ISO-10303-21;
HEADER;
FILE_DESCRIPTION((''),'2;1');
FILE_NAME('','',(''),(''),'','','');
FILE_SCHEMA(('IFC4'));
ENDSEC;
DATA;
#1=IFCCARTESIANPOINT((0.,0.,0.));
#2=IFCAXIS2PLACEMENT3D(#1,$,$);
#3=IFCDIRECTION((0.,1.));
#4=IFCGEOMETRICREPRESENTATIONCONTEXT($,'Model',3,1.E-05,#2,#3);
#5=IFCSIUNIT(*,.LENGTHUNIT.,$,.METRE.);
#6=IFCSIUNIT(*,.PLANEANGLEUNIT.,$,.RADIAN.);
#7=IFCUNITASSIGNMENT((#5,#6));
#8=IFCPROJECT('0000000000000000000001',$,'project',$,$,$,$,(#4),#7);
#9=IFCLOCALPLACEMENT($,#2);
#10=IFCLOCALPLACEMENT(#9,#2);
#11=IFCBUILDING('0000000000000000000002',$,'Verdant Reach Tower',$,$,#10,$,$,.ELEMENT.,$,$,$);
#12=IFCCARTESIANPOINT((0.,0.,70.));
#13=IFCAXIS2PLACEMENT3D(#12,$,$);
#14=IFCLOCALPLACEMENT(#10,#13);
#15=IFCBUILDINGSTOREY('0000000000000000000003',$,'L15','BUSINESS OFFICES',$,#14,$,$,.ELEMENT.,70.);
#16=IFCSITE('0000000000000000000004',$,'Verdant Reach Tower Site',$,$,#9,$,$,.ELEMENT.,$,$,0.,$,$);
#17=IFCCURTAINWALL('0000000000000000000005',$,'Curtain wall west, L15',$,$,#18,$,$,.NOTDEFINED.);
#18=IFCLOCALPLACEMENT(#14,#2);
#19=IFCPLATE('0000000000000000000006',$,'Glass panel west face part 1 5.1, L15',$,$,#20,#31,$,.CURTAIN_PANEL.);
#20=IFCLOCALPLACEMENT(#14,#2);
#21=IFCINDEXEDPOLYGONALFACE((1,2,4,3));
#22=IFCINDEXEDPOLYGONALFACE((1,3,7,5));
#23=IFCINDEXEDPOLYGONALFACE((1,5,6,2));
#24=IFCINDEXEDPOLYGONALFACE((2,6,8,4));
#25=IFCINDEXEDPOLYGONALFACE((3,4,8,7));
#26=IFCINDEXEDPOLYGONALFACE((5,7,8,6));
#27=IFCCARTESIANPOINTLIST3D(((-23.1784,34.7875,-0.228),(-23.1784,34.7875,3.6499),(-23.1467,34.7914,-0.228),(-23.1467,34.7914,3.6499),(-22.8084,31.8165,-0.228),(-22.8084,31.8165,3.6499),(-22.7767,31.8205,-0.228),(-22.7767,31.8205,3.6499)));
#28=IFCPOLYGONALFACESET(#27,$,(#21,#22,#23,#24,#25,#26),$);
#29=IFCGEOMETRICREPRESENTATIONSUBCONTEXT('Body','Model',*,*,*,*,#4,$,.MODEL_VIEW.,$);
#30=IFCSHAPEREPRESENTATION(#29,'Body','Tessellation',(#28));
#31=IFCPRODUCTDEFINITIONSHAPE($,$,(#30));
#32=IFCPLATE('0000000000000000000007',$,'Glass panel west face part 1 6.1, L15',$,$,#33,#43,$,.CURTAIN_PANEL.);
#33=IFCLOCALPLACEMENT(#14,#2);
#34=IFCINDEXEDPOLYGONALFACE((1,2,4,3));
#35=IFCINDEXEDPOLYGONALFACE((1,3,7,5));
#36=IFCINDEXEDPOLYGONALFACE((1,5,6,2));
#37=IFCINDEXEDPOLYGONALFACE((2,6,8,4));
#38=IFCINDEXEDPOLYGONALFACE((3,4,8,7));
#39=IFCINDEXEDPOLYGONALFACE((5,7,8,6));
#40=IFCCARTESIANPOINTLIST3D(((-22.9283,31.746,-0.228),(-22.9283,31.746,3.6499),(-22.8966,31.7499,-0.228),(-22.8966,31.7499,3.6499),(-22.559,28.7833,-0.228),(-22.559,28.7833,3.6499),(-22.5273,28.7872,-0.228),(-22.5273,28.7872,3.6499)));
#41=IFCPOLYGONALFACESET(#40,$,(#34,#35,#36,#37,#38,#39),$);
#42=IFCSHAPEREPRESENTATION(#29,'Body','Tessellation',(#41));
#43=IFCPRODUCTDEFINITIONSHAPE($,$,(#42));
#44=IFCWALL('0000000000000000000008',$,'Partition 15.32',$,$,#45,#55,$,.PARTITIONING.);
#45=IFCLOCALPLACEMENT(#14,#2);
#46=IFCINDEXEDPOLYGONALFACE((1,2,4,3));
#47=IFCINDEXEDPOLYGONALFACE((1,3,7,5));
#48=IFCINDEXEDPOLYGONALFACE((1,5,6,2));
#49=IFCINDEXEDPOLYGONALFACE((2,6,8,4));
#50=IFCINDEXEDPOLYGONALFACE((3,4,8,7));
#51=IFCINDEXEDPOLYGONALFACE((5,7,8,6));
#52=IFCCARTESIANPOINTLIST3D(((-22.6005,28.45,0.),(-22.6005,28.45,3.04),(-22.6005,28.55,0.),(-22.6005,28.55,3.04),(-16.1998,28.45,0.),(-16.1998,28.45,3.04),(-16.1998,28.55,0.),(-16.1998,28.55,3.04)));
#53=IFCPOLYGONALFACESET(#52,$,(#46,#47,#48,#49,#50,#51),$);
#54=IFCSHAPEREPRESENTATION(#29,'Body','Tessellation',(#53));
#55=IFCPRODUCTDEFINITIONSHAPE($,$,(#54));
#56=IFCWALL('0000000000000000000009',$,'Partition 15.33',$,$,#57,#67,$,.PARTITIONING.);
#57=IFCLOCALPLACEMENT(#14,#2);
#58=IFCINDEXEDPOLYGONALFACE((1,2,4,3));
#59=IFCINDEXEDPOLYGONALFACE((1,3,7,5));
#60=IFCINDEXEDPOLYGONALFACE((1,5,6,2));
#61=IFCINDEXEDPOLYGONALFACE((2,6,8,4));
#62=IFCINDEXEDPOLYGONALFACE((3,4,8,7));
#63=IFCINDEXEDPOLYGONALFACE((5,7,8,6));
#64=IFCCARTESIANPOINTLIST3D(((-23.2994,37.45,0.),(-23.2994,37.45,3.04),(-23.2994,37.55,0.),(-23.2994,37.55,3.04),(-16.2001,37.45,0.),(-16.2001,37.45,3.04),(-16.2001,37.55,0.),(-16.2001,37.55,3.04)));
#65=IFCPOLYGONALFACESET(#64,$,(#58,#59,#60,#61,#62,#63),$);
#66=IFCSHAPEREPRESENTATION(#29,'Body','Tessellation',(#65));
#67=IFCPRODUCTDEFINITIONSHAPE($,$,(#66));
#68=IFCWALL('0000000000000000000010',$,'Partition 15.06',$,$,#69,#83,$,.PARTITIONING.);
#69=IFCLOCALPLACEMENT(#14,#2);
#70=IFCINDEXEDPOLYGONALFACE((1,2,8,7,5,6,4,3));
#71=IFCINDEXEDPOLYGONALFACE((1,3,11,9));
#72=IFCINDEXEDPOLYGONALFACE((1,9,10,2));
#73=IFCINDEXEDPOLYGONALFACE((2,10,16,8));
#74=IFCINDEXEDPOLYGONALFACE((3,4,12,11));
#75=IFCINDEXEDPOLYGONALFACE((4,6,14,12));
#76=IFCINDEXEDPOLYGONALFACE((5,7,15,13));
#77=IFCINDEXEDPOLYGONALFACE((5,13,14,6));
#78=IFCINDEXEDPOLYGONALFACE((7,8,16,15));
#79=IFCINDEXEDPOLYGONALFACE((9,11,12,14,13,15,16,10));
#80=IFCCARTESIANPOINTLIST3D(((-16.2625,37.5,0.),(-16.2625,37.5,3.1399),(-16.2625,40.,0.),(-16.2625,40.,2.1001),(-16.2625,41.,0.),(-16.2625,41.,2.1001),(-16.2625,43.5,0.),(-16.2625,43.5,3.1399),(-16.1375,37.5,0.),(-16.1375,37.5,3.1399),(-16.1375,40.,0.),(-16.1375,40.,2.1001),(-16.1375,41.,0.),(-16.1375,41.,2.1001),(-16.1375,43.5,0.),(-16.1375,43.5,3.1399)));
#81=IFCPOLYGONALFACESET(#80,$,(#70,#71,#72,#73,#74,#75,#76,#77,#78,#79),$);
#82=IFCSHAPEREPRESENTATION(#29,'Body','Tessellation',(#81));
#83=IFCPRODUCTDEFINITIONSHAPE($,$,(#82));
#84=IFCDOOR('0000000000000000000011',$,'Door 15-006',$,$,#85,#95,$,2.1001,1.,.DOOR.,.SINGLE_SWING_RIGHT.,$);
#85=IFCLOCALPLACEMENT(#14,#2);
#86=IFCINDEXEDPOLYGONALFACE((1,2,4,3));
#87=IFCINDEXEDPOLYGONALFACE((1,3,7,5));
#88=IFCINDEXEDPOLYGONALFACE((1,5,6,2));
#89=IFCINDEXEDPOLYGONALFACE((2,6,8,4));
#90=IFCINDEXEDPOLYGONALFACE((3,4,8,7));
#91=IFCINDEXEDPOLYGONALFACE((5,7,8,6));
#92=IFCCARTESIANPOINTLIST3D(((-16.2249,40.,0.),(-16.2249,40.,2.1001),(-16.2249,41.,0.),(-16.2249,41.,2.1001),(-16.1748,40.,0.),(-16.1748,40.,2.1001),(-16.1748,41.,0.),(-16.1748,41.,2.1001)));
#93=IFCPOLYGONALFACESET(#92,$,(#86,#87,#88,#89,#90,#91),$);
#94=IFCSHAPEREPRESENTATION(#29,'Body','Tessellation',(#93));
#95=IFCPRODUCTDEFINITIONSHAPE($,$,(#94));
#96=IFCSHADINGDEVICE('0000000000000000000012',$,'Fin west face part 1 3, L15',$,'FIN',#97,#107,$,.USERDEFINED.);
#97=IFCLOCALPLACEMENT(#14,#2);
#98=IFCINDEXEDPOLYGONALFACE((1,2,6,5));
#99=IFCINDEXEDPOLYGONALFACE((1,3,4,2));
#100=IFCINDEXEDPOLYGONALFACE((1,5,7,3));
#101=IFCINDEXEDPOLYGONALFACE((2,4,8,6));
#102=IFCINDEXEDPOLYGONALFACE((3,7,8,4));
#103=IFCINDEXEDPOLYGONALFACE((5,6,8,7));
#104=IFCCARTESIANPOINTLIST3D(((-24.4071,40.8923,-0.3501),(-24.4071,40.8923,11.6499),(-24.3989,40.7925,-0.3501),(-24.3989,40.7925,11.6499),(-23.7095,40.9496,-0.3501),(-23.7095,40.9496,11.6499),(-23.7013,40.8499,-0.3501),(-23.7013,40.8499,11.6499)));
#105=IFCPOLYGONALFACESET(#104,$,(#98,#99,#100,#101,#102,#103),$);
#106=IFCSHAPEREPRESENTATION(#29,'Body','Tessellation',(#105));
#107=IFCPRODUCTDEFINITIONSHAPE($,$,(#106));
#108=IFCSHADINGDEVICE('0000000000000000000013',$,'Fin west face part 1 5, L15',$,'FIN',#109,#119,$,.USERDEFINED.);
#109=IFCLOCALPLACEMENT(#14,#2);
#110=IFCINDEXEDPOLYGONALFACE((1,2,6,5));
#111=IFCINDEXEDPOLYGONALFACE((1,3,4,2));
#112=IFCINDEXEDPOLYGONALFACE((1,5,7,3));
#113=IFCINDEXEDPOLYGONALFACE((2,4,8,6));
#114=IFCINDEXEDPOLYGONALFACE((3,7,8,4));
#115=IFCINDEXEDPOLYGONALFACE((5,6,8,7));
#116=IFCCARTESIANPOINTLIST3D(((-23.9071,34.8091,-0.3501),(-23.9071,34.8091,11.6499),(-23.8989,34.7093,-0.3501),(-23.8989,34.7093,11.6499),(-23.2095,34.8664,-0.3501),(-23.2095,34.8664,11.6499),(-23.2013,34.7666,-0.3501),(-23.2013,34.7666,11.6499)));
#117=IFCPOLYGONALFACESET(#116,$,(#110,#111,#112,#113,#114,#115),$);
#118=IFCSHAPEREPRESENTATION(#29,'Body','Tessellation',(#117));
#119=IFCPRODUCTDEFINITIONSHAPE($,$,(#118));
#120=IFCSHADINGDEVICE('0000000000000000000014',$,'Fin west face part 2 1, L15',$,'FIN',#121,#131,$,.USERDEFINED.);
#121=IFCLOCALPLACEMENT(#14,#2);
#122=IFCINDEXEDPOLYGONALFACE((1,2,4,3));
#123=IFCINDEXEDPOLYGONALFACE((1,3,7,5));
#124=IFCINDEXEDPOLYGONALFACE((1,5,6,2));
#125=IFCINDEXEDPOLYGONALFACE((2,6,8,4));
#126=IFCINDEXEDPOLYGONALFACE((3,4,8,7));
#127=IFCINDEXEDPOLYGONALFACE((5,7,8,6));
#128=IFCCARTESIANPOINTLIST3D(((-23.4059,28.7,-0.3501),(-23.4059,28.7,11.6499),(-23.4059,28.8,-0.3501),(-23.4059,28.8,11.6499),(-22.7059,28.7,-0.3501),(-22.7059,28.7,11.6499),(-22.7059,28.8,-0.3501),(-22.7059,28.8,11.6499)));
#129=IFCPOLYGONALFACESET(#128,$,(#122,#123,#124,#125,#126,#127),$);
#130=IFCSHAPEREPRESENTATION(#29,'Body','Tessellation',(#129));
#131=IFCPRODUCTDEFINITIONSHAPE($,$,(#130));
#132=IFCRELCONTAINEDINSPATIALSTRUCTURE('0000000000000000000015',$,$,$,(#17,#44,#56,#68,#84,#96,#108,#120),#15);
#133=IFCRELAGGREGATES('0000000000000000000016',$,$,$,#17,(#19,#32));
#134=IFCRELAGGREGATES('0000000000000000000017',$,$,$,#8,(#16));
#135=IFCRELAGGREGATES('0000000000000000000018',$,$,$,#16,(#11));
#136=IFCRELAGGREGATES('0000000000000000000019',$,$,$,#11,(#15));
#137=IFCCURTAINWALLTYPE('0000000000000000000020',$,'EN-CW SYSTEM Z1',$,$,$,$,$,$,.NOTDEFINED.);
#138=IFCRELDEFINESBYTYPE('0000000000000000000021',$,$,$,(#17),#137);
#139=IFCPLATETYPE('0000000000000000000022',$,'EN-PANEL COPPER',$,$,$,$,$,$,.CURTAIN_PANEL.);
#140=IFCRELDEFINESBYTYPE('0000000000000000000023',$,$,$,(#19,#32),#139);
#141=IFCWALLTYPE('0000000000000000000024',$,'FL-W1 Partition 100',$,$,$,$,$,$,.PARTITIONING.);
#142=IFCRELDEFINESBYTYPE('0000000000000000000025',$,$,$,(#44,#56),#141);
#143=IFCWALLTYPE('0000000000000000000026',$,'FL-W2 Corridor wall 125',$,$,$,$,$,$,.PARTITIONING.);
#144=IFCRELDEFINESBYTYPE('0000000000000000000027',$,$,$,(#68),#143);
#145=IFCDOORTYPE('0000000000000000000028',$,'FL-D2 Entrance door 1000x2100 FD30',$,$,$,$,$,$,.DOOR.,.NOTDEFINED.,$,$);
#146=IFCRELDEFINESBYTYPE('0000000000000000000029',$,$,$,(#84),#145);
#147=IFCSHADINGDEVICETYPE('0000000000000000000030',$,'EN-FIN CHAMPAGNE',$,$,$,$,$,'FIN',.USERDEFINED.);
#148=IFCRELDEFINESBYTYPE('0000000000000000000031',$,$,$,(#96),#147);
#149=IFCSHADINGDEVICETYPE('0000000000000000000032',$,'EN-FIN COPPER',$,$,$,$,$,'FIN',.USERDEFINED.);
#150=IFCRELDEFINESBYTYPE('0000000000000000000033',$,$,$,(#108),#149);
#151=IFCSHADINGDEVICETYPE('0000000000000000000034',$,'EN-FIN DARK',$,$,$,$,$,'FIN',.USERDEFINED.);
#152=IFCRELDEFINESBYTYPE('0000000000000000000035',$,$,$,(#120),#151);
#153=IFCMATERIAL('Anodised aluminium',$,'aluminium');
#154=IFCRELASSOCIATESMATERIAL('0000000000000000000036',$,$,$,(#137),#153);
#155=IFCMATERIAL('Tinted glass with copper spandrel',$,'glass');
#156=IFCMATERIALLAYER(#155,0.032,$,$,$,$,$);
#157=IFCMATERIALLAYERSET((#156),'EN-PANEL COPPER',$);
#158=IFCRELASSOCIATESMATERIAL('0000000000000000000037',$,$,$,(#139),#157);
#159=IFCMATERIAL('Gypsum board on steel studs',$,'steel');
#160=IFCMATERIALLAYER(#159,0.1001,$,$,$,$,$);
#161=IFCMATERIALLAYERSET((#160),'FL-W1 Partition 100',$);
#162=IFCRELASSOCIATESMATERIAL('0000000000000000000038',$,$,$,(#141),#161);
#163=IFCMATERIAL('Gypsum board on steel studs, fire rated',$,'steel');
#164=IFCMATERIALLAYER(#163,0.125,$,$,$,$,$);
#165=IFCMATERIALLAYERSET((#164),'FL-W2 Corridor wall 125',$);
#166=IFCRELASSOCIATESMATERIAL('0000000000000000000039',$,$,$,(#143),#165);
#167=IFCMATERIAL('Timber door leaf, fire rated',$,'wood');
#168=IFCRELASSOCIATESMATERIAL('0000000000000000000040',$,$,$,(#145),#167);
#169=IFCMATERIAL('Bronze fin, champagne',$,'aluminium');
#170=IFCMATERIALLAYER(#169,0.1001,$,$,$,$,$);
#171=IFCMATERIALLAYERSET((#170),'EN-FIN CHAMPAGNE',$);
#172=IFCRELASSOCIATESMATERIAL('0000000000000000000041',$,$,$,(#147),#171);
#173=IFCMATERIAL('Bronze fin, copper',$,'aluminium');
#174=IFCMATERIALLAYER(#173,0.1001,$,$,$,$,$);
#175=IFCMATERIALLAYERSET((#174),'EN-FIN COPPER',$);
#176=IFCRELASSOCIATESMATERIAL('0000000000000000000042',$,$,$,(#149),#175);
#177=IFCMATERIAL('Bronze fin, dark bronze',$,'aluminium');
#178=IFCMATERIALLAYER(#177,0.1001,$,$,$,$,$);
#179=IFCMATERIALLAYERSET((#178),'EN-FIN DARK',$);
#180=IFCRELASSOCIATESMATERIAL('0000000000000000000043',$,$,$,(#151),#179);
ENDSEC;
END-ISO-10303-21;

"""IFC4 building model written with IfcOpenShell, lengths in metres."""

from ifc_helpers import new_model, si_unit, direction, frame, frame_2d, origin, origin_2d, place, context, subcontext, project, spatial, rectangle, extrude, material, layer, layer_set, type_object, element, fill, aggregate, save


model = new_model("IFC4")

# Units and contexts
model_context = context("Model", 3, precision=1e-05, world=origin(), true_north=direction((0.0, 1.0)))
body_context = subcontext(model_context, "Body", "Model", "MODEL_VIEW")
ifc_project = project(units=[si_unit("LENGTHUNIT", "METRE"), si_unit("PLANEANGLEUNIT", "RADIAN")], contexts=[model_context])

# Site, building, storey
site_placement = place(None, origin())
site = spatial("IfcSite", under=ifc_project, at=site_placement, Name="Verdant Reach Tower Site", CompositionType="ELEMENT", RefElevation=0.0)
building_placement = place(site_placement, origin())
building = spatial("IfcBuilding", under=site, at=building_placement, Name="Verdant Reach Tower", CompositionType="ELEMENT")
storey_placement = place(building_placement, frame((0.0, 0.0, 70.0)))
storey = spatial("IfcBuildingStorey", under=building, at=storey_placement, Name="L15", Description="BUSINESS OFFICES", CompositionType="ELEMENT", Elevation=70.0)

# Curtain wall
ifc_material_1 = material(Name="Anodised aluminium", Category="aluminium")
curtain_wall_type = type_object("IfcCurtainWallType", Name="EN-CW SYSTEM Z1", PredefinedType="NOTDEFINED", material=ifc_material_1)
curtain_wall_placement = place(storey_placement, origin())
curtain_wall = element("IfcCurtainWall", 1, at=curtain_wall_placement, inside=storey, type_object=curtain_wall_type, Name="Curtain wall west, L15", PredefinedType="NOTDEFINED")

# Plates
ifc_material_2 = material(Name="Tinted glass with copper spandrel", Category="glass")
ifc_layer_1 = layer(ifc_material_2, 0.032)
ifc_layer_set_1 = layer_set([ifc_layer_1], Name="EN-PANEL COPPER")
plate_type_1 = type_object("IfcPlateType", Name="EN-PANEL COPPER", PredefinedType="CURTAIN_PANEL", material=ifc_layer_set_1)
plate_1_placement = place(storey_placement, frame((-22.9775, 33.304, -0.228), z_axis=(0.0, 0.0, 1.0), x_axis=(0.123579, -0.992335, 0.0)))
plate_1 = element("IfcPlate", 2, at=plate_1_placement, type_object=plate_type_1, Name="Glass panel west face part 1 5.1, L15", PredefinedType="CURTAIN_PANEL", context=body_context, shape_type="SweptSolid", body=[
    extrude(rectangle(XDim=2.9939, YDim=0.032, at=origin_2d()), origin(), (0.0, 0.0, 1.0), 3.8779),
])
plate_2_placement = place(storey_placement, frame((-22.7278, 30.2666, -0.228), z_axis=(0.0, 0.0, 1.0), x_axis=(0.123691, -0.992321, 0.0)))
plate_2 = element("IfcPlate", 3, at=plate_2_placement, type_object=plate_type_1, Name="Glass panel west face part 1 6.1, L15", PredefinedType="CURTAIN_PANEL", context=body_context, shape_type="SweptSolid", body=[
    extrude(rectangle(XDim=2.9856, YDim=0.032, at=origin_2d()), origin(), (0.0, 0.0, 1.0), 3.8779),
])
aggregate(curtain_wall, [plate_1, plate_2])

# Walls
ifc_material_3 = material(Name="Gypsum board on steel studs", Category="steel")
ifc_layer_2 = layer(ifc_material_3, 0.1001)
ifc_layer_set_2 = layer_set([ifc_layer_2], Name="FL-W1 Partition 100")
wall_type_1 = type_object("IfcWallType", Name="FL-W1 Partition 100", PredefinedType="PARTITIONING", material=ifc_layer_set_2)
wall_1_placement = place(storey_placement, frame((-16.2, 28.5, 0.0), z_axis=(0.0, 0.0, 1.0), x_axis=(-1.0, 0.0, 0.0)))
element("IfcWall", 4, at=wall_1_placement, inside=storey, type_object=wall_type_1, Name="Partition 15.32", PredefinedType="PARTITIONING", context=body_context, shape_type="SweptSolid", body=[
    extrude(rectangle(XDim=6.4006, YDim=0.1001, at=frame_2d((3.2002, 0.0))), origin(), (0.0, 0.0, 1.0), 3.04),
])
wall_2_placement = place(storey_placement, frame((-16.2, 37.5, 0.0), z_axis=(0.0, 0.0, 1.0), x_axis=(-1.0, 0.0, 0.0)))
element("IfcWall", 5, at=wall_2_placement, inside=storey, type_object=wall_type_1, Name="Partition 15.33", PredefinedType="PARTITIONING", context=body_context, shape_type="SweptSolid", body=[
    extrude(rectangle(XDim=7.0994, YDim=0.1001, at=frame_2d((3.5498, 0.0))), origin(), (0.0, 0.0, 1.0), 3.04),
])

# Wall, opening, door
ifc_material_4 = material(Name="Gypsum board on steel studs, fire rated", Category="steel")
ifc_layer_3 = layer(ifc_material_4, 0.125)
ifc_layer_set_3 = layer_set([ifc_layer_3], Name="FL-W2 Corridor wall 125")
wall_type_2 = type_object("IfcWallType", Name="FL-W2 Corridor wall 125", PredefinedType="PARTITIONING", material=ifc_layer_set_3)
wall_3_placement = place(storey_placement, frame((-16.2, 37.5, 0.0), z_axis=(0.0, 0.0, 1.0), x_axis=(0.0, 1.0, 0.0)))
wall_3 = element("IfcWall", 6, at=wall_3_placement, inside=storey, type_object=wall_type_2, Name="Partition 15.06", PredefinedType="PARTITIONING", context=body_context, shape_type="SweptSolid", body=[
    extrude(rectangle(XDim=6.0, YDim=0.125, at=frame_2d((3.0, 0.0))), origin(), (0.0, 0.0, 1.0), 3.1399),
])
opening_placement = place(wall_3_placement, frame((2.5, 0.0, 0.0)))
opening = element("IfcOpeningElement", 7, at=opening_placement, cuts=wall_3, PredefinedType="OPENING", context=body_context, shape_type="SweptSolid", body=[
    extrude(rectangle(XDim=1.0, YDim=2.1001, at=frame_2d((0.5, 1.05))), frame((0.0, 0.0725, 0.0), z_axis=(0.0, -1.0, 0.0), x_axis=(1.0, 0.0, 0.0)), (0.0, 0.0, 1.0), 0.145),
])
ifc_material_5 = material(Name="Timber door leaf, fire rated", Category="wood")
door_type = type_object("IfcDoorType", Name="FL-D2 Entrance door 1000x2100 FD30", OperationType="NOTDEFINED", PredefinedType="DOOR", material=ifc_material_5)
door_placement = place(opening_placement, origin())
door = element("IfcDoor", 8, at=door_placement, inside=storey, type_object=door_type, Name="Door 15-006", OperationType="SINGLE_SWING_RIGHT", OverallHeight=2.1001, OverallWidth=1.0, PredefinedType="DOOR", context=body_context, shape_type="SweptSolid", body=[
    extrude(rectangle(XDim=1.0, YDim=2.1001, at=frame_2d((0.5, 1.05))), frame((0.0, 0.0249, 0.0), z_axis=(0.0, -1.0, 0.0), x_axis=(1.0, 0.0, 0.0)), (0.0, 0.0, 1.0), 0.05),
])
fill(opening, door)

# Shading devices
ifc_material_6 = material(Name="Bronze fin, champagne", Category="aluminium")
ifc_layer_4 = layer(ifc_material_6, 0.1001)
ifc_layer_set_4 = layer_set([ifc_layer_4], Name="EN-FIN CHAMPAGNE")
shading_device_type_1 = type_object("IfcShadingDeviceType", Name="EN-FIN CHAMPAGNE", ElementType="FIN", PredefinedType="USERDEFINED", material=ifc_layer_set_4)
shading_device_1_placement = place(storey_placement, frame((-24.0542, 40.8711, -0.3501), z_axis=(0.0, 0.0, 1.0), x_axis=(0.081916, -0.996639, 0.0)))
element("IfcShadingDevice", 9, at=shading_device_1_placement, inside=storey, type_object=shading_device_type_1, Name="Fin west face part 1 3, L15", ObjectType="FIN", PredefinedType="USERDEFINED", context=body_context, shape_type="SweptSolid", body=[
    extrude(rectangle(XDim=0.1001, YDim=0.7, at=origin_2d()), origin(), (0.0, 0.0, 1.0), 12.0),
])
ifc_material_7 = material(Name="Bronze fin, copper", Category="aluminium")
ifc_layer_5 = layer(ifc_material_7, 0.1001)
ifc_layer_set_5 = layer_set([ifc_layer_5], Name="EN-FIN COPPER")
shading_device_type_2 = type_object("IfcShadingDeviceType", Name="EN-FIN COPPER", ElementType="FIN", PredefinedType="USERDEFINED", material=ifc_layer_set_5)
shading_device_2_placement = place(storey_placement, frame((-23.5542, 34.7878, -0.3501), z_axis=(0.0, 0.0, 1.0), x_axis=(0.081916, -0.996639, 0.0)))
element("IfcShadingDevice", 10, at=shading_device_2_placement, inside=storey, type_object=shading_device_type_2, Name="Fin west face part 1 5, L15", ObjectType="FIN", PredefinedType="USERDEFINED", context=body_context, shape_type="SweptSolid", body=[
    extrude(rectangle(XDim=0.1001, YDim=0.7, at=origin_2d()), origin(), (0.0, 0.0, 1.0), 12.0),
])
ifc_material_8 = material(Name="Bronze fin, dark bronze", Category="aluminium")
ifc_layer_6 = layer(ifc_material_8, 0.1001)
ifc_layer_set_6 = layer_set([ifc_layer_6], Name="EN-FIN DARK")
shading_device_type_3 = type_object("IfcShadingDeviceType", Name="EN-FIN DARK", ElementType="FIN", PredefinedType="USERDEFINED", material=ifc_layer_set_6)
shading_device_3_placement = place(storey_placement, frame((-23.0559, 28.75, -0.3501), z_axis=(0.0, 0.0, 1.0), x_axis=(0.0, -1.0, 0.0)))
element("IfcShadingDevice", 11, at=shading_device_3_placement, inside=storey, type_object=shading_device_type_3, Name="Fin west face part 2 1, L15", ObjectType="FIN", PredefinedType="USERDEFINED", context=body_context, shape_type="SweptSolid", body=[
    extrude(rectangle(XDim=0.1001, YDim=0.7, at=origin_2d()), origin(), (0.0, 0.0, 1.0), 12.0),
])

save(model, "model.ifc")
